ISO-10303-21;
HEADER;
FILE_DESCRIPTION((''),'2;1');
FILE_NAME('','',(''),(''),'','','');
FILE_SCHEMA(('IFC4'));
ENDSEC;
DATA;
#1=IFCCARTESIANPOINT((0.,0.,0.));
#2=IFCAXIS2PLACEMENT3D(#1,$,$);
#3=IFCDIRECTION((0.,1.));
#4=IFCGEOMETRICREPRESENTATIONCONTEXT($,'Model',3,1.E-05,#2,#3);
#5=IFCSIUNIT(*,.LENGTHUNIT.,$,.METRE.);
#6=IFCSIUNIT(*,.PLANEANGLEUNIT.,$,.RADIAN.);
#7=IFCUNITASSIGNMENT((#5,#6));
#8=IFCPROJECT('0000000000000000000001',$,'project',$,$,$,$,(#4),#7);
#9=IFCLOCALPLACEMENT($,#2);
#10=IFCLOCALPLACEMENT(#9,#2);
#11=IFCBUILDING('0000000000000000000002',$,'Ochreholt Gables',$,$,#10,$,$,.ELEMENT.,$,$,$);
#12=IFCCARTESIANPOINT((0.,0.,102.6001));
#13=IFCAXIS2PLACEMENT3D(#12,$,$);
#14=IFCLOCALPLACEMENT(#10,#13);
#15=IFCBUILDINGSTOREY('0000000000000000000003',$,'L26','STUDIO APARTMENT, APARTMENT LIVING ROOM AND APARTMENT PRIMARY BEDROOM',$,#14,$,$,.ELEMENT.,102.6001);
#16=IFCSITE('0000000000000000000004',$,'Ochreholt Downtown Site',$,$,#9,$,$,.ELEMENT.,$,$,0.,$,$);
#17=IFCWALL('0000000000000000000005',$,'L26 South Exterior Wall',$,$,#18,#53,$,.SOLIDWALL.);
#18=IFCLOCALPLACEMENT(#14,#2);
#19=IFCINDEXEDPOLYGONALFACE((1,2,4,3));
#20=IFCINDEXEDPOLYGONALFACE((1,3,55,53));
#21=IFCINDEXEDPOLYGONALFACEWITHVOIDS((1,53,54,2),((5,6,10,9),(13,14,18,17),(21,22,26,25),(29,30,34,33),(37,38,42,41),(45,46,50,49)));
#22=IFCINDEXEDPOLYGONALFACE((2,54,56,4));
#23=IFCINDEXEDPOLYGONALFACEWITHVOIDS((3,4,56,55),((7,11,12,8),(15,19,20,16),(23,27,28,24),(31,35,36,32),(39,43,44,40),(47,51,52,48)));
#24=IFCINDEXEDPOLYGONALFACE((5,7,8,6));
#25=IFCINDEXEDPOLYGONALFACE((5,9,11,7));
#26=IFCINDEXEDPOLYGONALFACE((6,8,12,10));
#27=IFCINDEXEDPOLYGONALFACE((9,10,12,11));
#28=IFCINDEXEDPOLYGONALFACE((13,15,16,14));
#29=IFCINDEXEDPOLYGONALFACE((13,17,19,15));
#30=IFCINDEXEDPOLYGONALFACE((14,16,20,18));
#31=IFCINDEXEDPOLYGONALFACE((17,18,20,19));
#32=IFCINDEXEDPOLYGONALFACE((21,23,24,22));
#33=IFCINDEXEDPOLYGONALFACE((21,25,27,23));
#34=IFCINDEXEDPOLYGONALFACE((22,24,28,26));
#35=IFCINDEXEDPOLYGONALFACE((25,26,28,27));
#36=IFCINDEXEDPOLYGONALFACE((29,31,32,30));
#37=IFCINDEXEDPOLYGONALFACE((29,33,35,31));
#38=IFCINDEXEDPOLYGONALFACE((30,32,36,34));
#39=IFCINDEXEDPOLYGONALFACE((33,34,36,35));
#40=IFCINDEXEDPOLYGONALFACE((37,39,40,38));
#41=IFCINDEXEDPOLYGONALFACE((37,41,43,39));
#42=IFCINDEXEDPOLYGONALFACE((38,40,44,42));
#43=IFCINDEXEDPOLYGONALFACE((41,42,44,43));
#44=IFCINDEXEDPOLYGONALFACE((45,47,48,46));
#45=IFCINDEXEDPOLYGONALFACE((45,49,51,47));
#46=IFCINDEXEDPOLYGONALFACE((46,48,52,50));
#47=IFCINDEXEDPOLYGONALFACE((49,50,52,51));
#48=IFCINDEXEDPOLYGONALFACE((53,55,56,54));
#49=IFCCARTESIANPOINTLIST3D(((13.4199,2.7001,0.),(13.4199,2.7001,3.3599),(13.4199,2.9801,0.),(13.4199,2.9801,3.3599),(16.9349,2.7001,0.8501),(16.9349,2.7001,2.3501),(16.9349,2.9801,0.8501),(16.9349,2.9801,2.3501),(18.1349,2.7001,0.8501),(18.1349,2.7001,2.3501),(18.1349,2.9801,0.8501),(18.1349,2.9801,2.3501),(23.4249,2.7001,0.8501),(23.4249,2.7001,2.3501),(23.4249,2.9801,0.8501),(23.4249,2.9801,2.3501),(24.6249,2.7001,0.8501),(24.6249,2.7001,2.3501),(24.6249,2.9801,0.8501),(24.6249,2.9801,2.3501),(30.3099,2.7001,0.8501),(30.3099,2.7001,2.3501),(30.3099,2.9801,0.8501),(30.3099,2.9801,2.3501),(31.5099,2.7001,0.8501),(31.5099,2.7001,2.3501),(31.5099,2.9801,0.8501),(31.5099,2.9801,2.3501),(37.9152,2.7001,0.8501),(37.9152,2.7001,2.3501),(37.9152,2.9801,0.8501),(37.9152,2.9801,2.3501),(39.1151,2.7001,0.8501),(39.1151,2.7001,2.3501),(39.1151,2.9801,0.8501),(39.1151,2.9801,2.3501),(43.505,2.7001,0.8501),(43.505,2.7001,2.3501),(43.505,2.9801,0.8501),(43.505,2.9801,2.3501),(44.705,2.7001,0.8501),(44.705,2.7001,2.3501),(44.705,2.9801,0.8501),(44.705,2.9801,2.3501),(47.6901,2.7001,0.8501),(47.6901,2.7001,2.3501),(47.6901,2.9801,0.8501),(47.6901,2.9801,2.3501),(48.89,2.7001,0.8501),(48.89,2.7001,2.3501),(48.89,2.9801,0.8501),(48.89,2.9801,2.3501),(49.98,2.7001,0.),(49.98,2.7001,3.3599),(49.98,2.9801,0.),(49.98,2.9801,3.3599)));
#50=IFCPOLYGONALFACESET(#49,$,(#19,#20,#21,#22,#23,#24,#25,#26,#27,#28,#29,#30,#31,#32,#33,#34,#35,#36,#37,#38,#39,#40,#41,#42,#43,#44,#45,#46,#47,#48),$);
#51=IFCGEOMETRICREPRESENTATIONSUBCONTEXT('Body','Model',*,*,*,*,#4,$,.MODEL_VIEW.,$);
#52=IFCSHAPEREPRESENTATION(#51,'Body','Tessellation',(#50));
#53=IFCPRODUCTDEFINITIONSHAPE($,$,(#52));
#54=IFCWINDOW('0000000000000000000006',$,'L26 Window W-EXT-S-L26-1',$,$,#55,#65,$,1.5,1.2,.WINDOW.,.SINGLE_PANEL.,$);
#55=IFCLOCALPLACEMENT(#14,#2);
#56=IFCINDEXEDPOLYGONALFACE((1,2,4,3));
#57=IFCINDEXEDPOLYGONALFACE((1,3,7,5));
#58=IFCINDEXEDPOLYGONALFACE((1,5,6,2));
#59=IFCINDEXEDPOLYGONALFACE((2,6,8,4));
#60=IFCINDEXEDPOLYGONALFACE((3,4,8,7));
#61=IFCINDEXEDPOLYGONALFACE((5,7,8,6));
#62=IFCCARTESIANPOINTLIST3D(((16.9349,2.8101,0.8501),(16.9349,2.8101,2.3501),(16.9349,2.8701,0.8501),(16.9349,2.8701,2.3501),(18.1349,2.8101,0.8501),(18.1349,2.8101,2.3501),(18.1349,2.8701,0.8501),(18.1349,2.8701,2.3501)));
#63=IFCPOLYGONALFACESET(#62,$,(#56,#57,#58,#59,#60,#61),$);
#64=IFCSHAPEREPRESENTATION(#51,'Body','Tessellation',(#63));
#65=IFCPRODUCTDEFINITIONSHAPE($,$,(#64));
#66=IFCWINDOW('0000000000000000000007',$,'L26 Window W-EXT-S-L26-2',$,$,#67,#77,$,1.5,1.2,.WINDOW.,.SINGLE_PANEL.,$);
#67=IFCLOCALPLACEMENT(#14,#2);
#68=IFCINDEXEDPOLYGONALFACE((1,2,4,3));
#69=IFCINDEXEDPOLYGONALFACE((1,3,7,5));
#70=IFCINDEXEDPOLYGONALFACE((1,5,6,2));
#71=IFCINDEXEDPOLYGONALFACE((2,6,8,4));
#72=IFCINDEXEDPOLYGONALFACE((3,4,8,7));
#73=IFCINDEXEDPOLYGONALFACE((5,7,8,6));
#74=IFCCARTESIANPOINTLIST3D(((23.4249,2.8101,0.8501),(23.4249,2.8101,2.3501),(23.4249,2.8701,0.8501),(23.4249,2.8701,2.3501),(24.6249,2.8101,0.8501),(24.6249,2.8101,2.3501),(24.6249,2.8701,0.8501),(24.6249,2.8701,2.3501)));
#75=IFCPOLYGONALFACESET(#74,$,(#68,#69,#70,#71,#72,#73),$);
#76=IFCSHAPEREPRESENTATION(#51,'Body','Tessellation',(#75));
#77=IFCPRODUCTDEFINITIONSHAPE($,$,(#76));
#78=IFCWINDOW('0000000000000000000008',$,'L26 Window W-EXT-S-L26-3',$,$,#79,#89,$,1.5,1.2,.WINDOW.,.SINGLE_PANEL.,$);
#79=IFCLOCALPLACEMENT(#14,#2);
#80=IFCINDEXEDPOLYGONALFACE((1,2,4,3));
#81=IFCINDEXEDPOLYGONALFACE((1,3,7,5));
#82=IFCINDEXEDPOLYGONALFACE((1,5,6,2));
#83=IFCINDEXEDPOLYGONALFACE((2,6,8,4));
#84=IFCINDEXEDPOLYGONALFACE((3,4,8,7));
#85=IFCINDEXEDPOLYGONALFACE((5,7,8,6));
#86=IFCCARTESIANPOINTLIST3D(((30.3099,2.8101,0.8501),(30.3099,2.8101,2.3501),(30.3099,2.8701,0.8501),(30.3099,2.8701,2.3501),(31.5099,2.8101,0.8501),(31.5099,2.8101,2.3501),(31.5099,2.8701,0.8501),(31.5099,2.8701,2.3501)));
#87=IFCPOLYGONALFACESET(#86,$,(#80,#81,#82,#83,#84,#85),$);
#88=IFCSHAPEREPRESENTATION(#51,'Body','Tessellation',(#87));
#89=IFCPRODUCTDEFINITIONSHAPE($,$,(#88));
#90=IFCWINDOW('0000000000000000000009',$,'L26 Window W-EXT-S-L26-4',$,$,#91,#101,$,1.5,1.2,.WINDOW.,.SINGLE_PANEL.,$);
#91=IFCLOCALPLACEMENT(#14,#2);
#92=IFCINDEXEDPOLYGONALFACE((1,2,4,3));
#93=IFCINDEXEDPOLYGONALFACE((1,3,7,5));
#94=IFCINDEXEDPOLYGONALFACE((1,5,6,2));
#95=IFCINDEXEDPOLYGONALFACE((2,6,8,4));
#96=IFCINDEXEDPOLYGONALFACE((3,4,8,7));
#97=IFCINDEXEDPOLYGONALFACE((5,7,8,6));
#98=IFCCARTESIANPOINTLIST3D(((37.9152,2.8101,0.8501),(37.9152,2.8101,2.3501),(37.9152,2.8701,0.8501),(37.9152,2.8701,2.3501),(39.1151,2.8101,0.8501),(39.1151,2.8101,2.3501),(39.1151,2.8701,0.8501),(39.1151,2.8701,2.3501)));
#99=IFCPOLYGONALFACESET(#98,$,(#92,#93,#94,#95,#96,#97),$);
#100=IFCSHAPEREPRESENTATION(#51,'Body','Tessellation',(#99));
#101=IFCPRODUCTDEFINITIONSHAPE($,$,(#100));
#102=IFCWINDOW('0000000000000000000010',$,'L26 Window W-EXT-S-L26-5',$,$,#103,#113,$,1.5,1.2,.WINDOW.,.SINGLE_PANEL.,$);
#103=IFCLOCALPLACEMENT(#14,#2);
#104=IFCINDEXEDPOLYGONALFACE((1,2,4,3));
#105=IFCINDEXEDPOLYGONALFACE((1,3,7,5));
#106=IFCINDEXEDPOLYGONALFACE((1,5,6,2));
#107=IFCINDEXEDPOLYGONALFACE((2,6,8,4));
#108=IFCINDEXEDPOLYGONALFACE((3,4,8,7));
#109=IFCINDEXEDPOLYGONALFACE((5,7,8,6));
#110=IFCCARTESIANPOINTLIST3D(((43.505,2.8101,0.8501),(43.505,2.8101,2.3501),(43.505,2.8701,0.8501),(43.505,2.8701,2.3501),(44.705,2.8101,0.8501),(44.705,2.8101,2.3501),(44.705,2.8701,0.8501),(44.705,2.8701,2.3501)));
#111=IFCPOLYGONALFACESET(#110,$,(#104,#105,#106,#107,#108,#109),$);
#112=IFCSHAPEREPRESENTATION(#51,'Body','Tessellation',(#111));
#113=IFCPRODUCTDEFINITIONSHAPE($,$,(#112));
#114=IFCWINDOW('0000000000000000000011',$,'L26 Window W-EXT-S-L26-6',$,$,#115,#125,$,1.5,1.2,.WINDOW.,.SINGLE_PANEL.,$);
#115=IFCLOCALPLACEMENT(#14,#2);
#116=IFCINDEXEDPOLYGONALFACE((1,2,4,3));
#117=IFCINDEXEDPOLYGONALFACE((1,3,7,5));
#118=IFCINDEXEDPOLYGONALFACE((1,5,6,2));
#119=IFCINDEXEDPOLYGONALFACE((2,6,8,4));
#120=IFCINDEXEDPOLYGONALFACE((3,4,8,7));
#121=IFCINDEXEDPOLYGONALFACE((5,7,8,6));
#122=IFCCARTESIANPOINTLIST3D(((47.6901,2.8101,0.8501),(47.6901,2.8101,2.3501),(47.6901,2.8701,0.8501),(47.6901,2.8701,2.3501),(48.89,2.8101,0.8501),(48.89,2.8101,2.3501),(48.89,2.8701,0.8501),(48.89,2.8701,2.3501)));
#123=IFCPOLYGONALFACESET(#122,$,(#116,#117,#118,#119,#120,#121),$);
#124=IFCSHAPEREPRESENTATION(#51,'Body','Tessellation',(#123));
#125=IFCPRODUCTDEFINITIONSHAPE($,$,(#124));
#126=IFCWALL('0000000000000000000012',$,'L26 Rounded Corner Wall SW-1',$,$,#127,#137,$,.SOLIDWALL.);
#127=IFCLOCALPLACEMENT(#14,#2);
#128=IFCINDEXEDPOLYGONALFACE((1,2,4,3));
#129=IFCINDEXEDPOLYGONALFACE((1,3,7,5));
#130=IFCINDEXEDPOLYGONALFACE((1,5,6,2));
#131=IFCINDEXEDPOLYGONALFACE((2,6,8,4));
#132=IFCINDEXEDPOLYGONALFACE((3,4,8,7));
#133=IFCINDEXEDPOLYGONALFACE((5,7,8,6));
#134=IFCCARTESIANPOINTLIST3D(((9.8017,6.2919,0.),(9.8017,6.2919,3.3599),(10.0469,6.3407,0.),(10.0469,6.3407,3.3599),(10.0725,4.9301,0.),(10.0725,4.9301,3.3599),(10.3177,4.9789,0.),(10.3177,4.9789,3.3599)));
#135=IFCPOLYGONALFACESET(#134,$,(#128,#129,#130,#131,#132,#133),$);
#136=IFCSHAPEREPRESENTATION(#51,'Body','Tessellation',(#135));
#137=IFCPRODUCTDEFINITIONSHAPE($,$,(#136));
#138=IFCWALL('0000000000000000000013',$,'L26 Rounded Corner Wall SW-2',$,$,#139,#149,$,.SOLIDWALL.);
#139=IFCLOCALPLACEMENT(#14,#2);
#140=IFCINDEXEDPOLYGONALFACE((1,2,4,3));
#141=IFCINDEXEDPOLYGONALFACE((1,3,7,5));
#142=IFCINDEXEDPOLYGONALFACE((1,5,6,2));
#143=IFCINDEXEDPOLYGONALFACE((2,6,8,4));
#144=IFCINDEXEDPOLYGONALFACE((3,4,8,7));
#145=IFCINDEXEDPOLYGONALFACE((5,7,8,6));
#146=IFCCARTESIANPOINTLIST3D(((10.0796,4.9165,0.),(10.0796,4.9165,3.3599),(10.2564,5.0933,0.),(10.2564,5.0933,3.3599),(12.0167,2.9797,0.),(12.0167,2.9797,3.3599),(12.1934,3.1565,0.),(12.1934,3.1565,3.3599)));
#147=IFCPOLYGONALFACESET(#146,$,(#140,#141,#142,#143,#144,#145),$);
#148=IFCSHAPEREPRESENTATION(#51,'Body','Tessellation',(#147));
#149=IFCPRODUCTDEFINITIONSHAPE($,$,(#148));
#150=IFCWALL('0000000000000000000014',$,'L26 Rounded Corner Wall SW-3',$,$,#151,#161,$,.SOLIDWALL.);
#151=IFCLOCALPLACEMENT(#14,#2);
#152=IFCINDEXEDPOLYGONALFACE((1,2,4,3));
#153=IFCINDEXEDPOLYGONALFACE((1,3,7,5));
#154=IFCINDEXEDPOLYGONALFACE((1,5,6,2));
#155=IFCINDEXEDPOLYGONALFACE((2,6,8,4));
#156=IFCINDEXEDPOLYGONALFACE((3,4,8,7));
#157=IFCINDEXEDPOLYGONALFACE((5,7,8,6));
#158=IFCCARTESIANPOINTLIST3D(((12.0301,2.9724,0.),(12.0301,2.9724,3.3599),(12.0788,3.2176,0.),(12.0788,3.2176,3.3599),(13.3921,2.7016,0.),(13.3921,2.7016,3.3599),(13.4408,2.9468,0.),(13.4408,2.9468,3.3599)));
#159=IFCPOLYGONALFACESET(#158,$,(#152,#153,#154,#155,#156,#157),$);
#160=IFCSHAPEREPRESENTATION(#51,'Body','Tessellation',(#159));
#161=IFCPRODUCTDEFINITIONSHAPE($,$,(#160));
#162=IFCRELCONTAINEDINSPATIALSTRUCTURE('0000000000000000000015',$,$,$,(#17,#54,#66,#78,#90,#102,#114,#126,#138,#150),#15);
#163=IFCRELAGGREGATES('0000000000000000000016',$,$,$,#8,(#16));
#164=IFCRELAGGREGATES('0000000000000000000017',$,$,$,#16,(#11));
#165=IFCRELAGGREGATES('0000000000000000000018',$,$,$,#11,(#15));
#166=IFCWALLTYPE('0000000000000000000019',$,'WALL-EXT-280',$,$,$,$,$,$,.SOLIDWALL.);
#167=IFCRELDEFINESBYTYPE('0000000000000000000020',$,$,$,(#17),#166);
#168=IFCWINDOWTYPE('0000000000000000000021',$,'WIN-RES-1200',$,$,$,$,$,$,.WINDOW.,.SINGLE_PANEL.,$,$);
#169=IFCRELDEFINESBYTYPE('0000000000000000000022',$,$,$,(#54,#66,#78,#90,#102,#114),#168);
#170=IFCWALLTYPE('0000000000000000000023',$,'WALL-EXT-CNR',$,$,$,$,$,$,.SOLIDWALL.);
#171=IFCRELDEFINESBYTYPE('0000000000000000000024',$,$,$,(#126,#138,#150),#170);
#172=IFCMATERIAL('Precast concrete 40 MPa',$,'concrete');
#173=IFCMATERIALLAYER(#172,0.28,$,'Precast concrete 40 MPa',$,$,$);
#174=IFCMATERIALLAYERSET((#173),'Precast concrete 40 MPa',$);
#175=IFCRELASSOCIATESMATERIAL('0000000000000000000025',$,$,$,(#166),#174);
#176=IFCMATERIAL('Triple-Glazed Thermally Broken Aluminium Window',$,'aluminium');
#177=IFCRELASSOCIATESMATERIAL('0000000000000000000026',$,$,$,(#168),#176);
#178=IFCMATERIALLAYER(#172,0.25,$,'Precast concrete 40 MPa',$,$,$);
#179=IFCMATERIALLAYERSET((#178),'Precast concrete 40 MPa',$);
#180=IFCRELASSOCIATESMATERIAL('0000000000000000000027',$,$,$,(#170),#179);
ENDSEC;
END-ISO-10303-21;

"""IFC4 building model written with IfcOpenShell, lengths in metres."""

from ifc_helpers import new_model, si_unit, direction, frame, frame_2d, origin, place, context, subcontext, project, spatial, rectangle, extrude, material, layer, layer_set, type_object, element, fill, save


model = new_model("IFC4")

# Units and contexts
model_context = context("Model", 3, precision=1e-05, world=origin(), true_north=direction((0.0, 1.0)))
body_context = subcontext(model_context, "Body", "Model", "MODEL_VIEW")
ifc_project = project(units=[si_unit("LENGTHUNIT", "METRE"), si_unit("PLANEANGLEUNIT", "RADIAN")], contexts=[model_context])

# Site, building, storey
site_placement = place(None, origin())
site = spatial("IfcSite", under=ifc_project, at=site_placement, Name="Ochreholt Downtown Site", CompositionType="ELEMENT", RefElevation=0.0)
building_placement = place(site_placement, origin())
building = spatial("IfcBuilding", under=site, at=building_placement, Name="Ochreholt Gables", CompositionType="ELEMENT")
storey_placement = place(building_placement, frame((0.0, 0.0, 102.6001)))
storey = spatial("IfcBuildingStorey", under=building, at=storey_placement, Name="L26", Description="STUDIO APARTMENT, APARTMENT LIVING ROOM AND APARTMENT PRIMARY BEDROOM", CompositionType="ELEMENT", Elevation=102.6001)

# Wall, openings, windows
ifc_material_1 = material(Name="Precast concrete 40 MPa", Category="concrete")
ifc_layer_1 = layer(ifc_material_1, 0.28, Name="Precast concrete 40 MPa")
ifc_layer_set_1 = layer_set([ifc_layer_1], Name="Precast concrete 40 MPa")
wall_type_1 = type_object("IfcWallType", Name="WALL-EXT-280", PredefinedType="SOLIDWALL", material=ifc_layer_set_1)
wall_1_placement = place(storey_placement, frame((13.4199, 2.8401, 0.0), z_axis=(0.0, 0.0, 1.0), x_axis=(1.0, 0.0, 0.0)))
wall_1 = element("IfcWall", 1, at=wall_1_placement, inside=storey, type_object=wall_type_1, Name="L26 South Exterior Wall", PredefinedType="SOLIDWALL", context=body_context, shape_type="SweptSolid", body=[
    extrude(rectangle(XDim=36.5601, YDim=0.28, at=frame_2d((18.28, 0.0))), origin(), (0.0, 0.0, 1.0), 3.3599),
])
opening_1_placement = place(wall_1_placement, frame((3.5149, 0.0, 0.8501)))
opening_1 = element("IfcOpeningElement", 2, at=opening_1_placement, cuts=wall_1, PredefinedType="OPENING", context=body_context, shape_type="SweptSolid", body=[
    extrude(rectangle(XDim=1.2, YDim=1.5, at=frame_2d((0.6001, 0.75))), frame((0.0, 0.1499, 0.0), z_axis=(0.0, -1.0, 0.0), x_axis=(1.0, 0.0, 0.0)), (0.0, 0.0, 1.0), 0.3),
])
opening_2_placement = place(wall_1_placement, frame((10.0049, 0.0, 0.8501)))
opening_2 = element("IfcOpeningElement", 3, at=opening_2_placement, cuts=wall_1, PredefinedType="OPENING", context=body_context, shape_type="SweptSolid", body=[
    extrude(rectangle(XDim=1.2, YDim=1.5, at=frame_2d((0.6001, 0.75))), frame((0.0, 0.1499, 0.0), z_axis=(0.0, -1.0, 0.0), x_axis=(1.0, 0.0, 0.0)), (0.0, 0.0, 1.0), 0.3),
])
opening_3_placement = place(wall_1_placement, frame((16.8899, 0.0, 0.8501)))
opening_3 = element("IfcOpeningElement", 4, at=opening_3_placement, cuts=wall_1, PredefinedType="OPENING", context=body_context, shape_type="SweptSolid", body=[
    extrude(rectangle(XDim=1.2, YDim=1.5, at=frame_2d((0.6001, 0.75))), frame((0.0, 0.1499, 0.0), z_axis=(0.0, -1.0, 0.0), x_axis=(1.0, 0.0, 0.0)), (0.0, 0.0, 1.0), 0.3),
])
opening_4_placement = place(wall_1_placement, frame((24.4951, 0.0, 0.8501)))
opening_4 = element("IfcOpeningElement", 5, at=opening_4_placement, cuts=wall_1, PredefinedType="OPENING", context=body_context, shape_type="SweptSolid", body=[
    extrude(rectangle(XDim=1.2, YDim=1.5, at=frame_2d((0.6001, 0.75))), frame((0.0, 0.1499, 0.0), z_axis=(0.0, -1.0, 0.0), x_axis=(1.0, 0.0, 0.0)), (0.0, 0.0, 1.0), 0.3),
])
opening_5_placement = place(wall_1_placement, frame((30.085, 0.0, 0.8501)))
opening_5 = element("IfcOpeningElement", 6, at=opening_5_placement, cuts=wall_1, PredefinedType="OPENING", context=body_context, shape_type="SweptSolid", body=[
    extrude(rectangle(XDim=1.2, YDim=1.5, at=frame_2d((0.6001, 0.75))), frame((0.0, 0.1499, 0.0), z_axis=(0.0, -1.0, 0.0), x_axis=(1.0, 0.0, 0.0)), (0.0, 0.0, 1.0), 0.3),
])
opening_6_placement = place(wall_1_placement, frame((34.27, 0.0, 0.8501)))
opening_6 = element("IfcOpeningElement", 7, at=opening_6_placement, cuts=wall_1, PredefinedType="OPENING", context=body_context, shape_type="SweptSolid", body=[
    extrude(rectangle(XDim=1.2, YDim=1.5, at=frame_2d((0.6001, 0.75))), frame((0.0, 0.1499, 0.0), z_axis=(0.0, -1.0, 0.0), x_axis=(1.0, 0.0, 0.0)), (0.0, 0.0, 1.0), 0.3),
])
ifc_material_2 = material(Name="Triple-Glazed Thermally Broken Aluminium Window", Category="aluminium")
window_type = type_object("IfcWindowType", Name="WIN-RES-1200", PartitioningType="SINGLE_PANEL", PredefinedType="WINDOW", material=ifc_material_2)
window_1_placement = place(opening_1_placement, origin())
window_1 = element("IfcWindow", 8, at=window_1_placement, inside=storey, type_object=window_type, Name="L26 Window W-EXT-S-L26-1", OverallHeight=1.5, OverallWidth=1.2, PartitioningType="SINGLE_PANEL", PredefinedType="WINDOW", context=body_context, shape_type="SweptSolid", body=[
    extrude(rectangle(XDim=1.2, YDim=1.5, at=frame_2d((0.6001, 0.75))), frame((0.0, 0.03, 0.0), z_axis=(0.0, -1.0, 0.0), x_axis=(1.0, 0.0, 0.0)), (0.0, 0.0, 1.0), 0.0601),
])
fill(opening_1, window_1)
window_2_placement = place(opening_2_placement, origin())
window_2 = element("IfcWindow", 9, at=window_2_placement, inside=storey, type_object=window_type, Name="L26 Window W-EXT-S-L26-2", OverallHeight=1.5, OverallWidth=1.2, PartitioningType="SINGLE_PANEL", PredefinedType="WINDOW", context=body_context, shape_type="SweptSolid", body=[
    extrude(rectangle(XDim=1.2, YDim=1.5, at=frame_2d((0.6001, 0.75))), frame((0.0, 0.03, 0.0), z_axis=(0.0, -1.0, 0.0), x_axis=(1.0, 0.0, 0.0)), (0.0, 0.0, 1.0), 0.0601),
])
fill(opening_2, window_2)
window_3_placement = place(opening_3_placement, origin())
window_3 = element("IfcWindow", 10, at=window_3_placement, inside=storey, type_object=window_type, Name="L26 Window W-EXT-S-L26-3", OverallHeight=1.5, OverallWidth=1.2, PartitioningType="SINGLE_PANEL", PredefinedType="WINDOW", context=body_context, shape_type="SweptSolid", body=[
    extrude(rectangle(XDim=1.2, YDim=1.5, at=frame_2d((0.6001, 0.75))), frame((0.0, 0.03, 0.0), z_axis=(0.0, -1.0, 0.0), x_axis=(1.0, 0.0, 0.0)), (0.0, 0.0, 1.0), 0.0601),
])
fill(opening_3, window_3)
window_4_placement = place(opening_4_placement, origin())
window_4 = element("IfcWindow", 11, at=window_4_placement, inside=storey, type_object=window_type, Name="L26 Window W-EXT-S-L26-4", OverallHeight=1.5, OverallWidth=1.2, PartitioningType="SINGLE_PANEL", PredefinedType="WINDOW", context=body_context, shape_type="SweptSolid", body=[
    extrude(rectangle(XDim=1.2, YDim=1.5, at=frame_2d((0.6001, 0.75))), frame((0.0, 0.03, 0.0), z_axis=(0.0, -1.0, 0.0), x_axis=(1.0, 0.0, 0.0)), (0.0, 0.0, 1.0), 0.0601),
])
fill(opening_4, window_4)
window_5_placement = place(opening_5_placement, origin())
window_5 = element("IfcWindow", 12, at=window_5_placement, inside=storey, type_object=window_type, Name="L26 Window W-EXT-S-L26-5", OverallHeight=1.5, OverallWidth=1.2, PartitioningType="SINGLE_PANEL", PredefinedType="WINDOW", context=body_context, shape_type="SweptSolid", body=[
    extrude(rectangle(XDim=1.2, YDim=1.5, at=frame_2d((0.6001, 0.75))), frame((0.0, 0.03, 0.0), z_axis=(0.0, -1.0, 0.0), x_axis=(1.0, 0.0, 0.0)), (0.0, 0.0, 1.0), 0.0601),
])
fill(opening_5, window_5)
window_6_placement = place(opening_6_placement, origin())
window_6 = element("IfcWindow", 13, at=window_6_placement, inside=storey, type_object=window_type, Name="L26 Window W-EXT-S-L26-6", OverallHeight=1.5, OverallWidth=1.2, PartitioningType="SINGLE_PANEL", PredefinedType="WINDOW", context=body_context, shape_type="SweptSolid", body=[
    extrude(rectangle(XDim=1.2, YDim=1.5, at=frame_2d((0.6001, 0.75))), frame((0.0, 0.03, 0.0), z_axis=(0.0, -1.0, 0.0), x_axis=(1.0, 0.0, 0.0)), (0.0, 0.0, 1.0), 0.0601),
])
fill(opening_6, window_6)

# Walls
ifc_layer_2 = layer(ifc_material_1, 0.25, Name="Precast concrete 40 MPa")
ifc_layer_set_2 = layer_set([ifc_layer_2], Name="Precast concrete 40 MPa")
wall_type_2 = type_object("IfcWallType", Name="WALL-EXT-CNR", PredefinedType="SOLIDWALL", material=ifc_layer_set_2)
wall_2_placement = place(storey_placement, frame((9.9243, 6.3164, 0.0), z_axis=(0.0, 0.0, 1.0), x_axis=(0.195, -0.980803, 0.0)))
element("IfcWall", 14, at=wall_2_placement, inside=storey, type_object=wall_type_2, Name="L26 Rounded Corner Wall SW-1", PredefinedType="SOLIDWALL", context=body_context, shape_type="SweptSolid", body=[
    extrude(rectangle(XDim=1.3884, YDim=0.25, at=frame_2d((0.6943, 0.0))), origin(), (0.0, 0.0, 1.0), 3.3599),
])
wall_3_placement = place(storey_placement, frame((10.168, 5.0049, 0.0), z_axis=(0.0, 0.0, 1.0), x_axis=(0.707151, -0.707062, 0.0)))
element("IfcWall", 15, at=wall_3_placement, inside=storey, type_object=wall_type_2, Name="L26 Rounded Corner Wall SW-2", PredefinedType="SOLIDWALL", context=body_context, shape_type="SweptSolid", body=[
    extrude(rectangle(XDim=2.7393, YDim=0.25, at=frame_2d((1.3696, 0.0))), origin(), (0.0, 0.0, 1.0), 3.3599),
])
wall_4_placement = place(storey_placement, frame((12.0544, 3.095, 0.0), z_axis=(0.0, 0.0, 1.0), x_axis=(0.98081, -0.194967, 0.0)))
element("IfcWall", 16, at=wall_4_placement, inside=storey, type_object=wall_type_2, Name="L26 Rounded Corner Wall SW-3", PredefinedType="SOLIDWALL", context=body_context, shape_type="SweptSolid", body=[
    extrude(rectangle(XDim=1.3887, YDim=0.25, at=frame_2d((0.6943, 0.0))), origin(), (0.0, 0.0, 1.0), 3.3599),
])

save(model, "model.ifc")
